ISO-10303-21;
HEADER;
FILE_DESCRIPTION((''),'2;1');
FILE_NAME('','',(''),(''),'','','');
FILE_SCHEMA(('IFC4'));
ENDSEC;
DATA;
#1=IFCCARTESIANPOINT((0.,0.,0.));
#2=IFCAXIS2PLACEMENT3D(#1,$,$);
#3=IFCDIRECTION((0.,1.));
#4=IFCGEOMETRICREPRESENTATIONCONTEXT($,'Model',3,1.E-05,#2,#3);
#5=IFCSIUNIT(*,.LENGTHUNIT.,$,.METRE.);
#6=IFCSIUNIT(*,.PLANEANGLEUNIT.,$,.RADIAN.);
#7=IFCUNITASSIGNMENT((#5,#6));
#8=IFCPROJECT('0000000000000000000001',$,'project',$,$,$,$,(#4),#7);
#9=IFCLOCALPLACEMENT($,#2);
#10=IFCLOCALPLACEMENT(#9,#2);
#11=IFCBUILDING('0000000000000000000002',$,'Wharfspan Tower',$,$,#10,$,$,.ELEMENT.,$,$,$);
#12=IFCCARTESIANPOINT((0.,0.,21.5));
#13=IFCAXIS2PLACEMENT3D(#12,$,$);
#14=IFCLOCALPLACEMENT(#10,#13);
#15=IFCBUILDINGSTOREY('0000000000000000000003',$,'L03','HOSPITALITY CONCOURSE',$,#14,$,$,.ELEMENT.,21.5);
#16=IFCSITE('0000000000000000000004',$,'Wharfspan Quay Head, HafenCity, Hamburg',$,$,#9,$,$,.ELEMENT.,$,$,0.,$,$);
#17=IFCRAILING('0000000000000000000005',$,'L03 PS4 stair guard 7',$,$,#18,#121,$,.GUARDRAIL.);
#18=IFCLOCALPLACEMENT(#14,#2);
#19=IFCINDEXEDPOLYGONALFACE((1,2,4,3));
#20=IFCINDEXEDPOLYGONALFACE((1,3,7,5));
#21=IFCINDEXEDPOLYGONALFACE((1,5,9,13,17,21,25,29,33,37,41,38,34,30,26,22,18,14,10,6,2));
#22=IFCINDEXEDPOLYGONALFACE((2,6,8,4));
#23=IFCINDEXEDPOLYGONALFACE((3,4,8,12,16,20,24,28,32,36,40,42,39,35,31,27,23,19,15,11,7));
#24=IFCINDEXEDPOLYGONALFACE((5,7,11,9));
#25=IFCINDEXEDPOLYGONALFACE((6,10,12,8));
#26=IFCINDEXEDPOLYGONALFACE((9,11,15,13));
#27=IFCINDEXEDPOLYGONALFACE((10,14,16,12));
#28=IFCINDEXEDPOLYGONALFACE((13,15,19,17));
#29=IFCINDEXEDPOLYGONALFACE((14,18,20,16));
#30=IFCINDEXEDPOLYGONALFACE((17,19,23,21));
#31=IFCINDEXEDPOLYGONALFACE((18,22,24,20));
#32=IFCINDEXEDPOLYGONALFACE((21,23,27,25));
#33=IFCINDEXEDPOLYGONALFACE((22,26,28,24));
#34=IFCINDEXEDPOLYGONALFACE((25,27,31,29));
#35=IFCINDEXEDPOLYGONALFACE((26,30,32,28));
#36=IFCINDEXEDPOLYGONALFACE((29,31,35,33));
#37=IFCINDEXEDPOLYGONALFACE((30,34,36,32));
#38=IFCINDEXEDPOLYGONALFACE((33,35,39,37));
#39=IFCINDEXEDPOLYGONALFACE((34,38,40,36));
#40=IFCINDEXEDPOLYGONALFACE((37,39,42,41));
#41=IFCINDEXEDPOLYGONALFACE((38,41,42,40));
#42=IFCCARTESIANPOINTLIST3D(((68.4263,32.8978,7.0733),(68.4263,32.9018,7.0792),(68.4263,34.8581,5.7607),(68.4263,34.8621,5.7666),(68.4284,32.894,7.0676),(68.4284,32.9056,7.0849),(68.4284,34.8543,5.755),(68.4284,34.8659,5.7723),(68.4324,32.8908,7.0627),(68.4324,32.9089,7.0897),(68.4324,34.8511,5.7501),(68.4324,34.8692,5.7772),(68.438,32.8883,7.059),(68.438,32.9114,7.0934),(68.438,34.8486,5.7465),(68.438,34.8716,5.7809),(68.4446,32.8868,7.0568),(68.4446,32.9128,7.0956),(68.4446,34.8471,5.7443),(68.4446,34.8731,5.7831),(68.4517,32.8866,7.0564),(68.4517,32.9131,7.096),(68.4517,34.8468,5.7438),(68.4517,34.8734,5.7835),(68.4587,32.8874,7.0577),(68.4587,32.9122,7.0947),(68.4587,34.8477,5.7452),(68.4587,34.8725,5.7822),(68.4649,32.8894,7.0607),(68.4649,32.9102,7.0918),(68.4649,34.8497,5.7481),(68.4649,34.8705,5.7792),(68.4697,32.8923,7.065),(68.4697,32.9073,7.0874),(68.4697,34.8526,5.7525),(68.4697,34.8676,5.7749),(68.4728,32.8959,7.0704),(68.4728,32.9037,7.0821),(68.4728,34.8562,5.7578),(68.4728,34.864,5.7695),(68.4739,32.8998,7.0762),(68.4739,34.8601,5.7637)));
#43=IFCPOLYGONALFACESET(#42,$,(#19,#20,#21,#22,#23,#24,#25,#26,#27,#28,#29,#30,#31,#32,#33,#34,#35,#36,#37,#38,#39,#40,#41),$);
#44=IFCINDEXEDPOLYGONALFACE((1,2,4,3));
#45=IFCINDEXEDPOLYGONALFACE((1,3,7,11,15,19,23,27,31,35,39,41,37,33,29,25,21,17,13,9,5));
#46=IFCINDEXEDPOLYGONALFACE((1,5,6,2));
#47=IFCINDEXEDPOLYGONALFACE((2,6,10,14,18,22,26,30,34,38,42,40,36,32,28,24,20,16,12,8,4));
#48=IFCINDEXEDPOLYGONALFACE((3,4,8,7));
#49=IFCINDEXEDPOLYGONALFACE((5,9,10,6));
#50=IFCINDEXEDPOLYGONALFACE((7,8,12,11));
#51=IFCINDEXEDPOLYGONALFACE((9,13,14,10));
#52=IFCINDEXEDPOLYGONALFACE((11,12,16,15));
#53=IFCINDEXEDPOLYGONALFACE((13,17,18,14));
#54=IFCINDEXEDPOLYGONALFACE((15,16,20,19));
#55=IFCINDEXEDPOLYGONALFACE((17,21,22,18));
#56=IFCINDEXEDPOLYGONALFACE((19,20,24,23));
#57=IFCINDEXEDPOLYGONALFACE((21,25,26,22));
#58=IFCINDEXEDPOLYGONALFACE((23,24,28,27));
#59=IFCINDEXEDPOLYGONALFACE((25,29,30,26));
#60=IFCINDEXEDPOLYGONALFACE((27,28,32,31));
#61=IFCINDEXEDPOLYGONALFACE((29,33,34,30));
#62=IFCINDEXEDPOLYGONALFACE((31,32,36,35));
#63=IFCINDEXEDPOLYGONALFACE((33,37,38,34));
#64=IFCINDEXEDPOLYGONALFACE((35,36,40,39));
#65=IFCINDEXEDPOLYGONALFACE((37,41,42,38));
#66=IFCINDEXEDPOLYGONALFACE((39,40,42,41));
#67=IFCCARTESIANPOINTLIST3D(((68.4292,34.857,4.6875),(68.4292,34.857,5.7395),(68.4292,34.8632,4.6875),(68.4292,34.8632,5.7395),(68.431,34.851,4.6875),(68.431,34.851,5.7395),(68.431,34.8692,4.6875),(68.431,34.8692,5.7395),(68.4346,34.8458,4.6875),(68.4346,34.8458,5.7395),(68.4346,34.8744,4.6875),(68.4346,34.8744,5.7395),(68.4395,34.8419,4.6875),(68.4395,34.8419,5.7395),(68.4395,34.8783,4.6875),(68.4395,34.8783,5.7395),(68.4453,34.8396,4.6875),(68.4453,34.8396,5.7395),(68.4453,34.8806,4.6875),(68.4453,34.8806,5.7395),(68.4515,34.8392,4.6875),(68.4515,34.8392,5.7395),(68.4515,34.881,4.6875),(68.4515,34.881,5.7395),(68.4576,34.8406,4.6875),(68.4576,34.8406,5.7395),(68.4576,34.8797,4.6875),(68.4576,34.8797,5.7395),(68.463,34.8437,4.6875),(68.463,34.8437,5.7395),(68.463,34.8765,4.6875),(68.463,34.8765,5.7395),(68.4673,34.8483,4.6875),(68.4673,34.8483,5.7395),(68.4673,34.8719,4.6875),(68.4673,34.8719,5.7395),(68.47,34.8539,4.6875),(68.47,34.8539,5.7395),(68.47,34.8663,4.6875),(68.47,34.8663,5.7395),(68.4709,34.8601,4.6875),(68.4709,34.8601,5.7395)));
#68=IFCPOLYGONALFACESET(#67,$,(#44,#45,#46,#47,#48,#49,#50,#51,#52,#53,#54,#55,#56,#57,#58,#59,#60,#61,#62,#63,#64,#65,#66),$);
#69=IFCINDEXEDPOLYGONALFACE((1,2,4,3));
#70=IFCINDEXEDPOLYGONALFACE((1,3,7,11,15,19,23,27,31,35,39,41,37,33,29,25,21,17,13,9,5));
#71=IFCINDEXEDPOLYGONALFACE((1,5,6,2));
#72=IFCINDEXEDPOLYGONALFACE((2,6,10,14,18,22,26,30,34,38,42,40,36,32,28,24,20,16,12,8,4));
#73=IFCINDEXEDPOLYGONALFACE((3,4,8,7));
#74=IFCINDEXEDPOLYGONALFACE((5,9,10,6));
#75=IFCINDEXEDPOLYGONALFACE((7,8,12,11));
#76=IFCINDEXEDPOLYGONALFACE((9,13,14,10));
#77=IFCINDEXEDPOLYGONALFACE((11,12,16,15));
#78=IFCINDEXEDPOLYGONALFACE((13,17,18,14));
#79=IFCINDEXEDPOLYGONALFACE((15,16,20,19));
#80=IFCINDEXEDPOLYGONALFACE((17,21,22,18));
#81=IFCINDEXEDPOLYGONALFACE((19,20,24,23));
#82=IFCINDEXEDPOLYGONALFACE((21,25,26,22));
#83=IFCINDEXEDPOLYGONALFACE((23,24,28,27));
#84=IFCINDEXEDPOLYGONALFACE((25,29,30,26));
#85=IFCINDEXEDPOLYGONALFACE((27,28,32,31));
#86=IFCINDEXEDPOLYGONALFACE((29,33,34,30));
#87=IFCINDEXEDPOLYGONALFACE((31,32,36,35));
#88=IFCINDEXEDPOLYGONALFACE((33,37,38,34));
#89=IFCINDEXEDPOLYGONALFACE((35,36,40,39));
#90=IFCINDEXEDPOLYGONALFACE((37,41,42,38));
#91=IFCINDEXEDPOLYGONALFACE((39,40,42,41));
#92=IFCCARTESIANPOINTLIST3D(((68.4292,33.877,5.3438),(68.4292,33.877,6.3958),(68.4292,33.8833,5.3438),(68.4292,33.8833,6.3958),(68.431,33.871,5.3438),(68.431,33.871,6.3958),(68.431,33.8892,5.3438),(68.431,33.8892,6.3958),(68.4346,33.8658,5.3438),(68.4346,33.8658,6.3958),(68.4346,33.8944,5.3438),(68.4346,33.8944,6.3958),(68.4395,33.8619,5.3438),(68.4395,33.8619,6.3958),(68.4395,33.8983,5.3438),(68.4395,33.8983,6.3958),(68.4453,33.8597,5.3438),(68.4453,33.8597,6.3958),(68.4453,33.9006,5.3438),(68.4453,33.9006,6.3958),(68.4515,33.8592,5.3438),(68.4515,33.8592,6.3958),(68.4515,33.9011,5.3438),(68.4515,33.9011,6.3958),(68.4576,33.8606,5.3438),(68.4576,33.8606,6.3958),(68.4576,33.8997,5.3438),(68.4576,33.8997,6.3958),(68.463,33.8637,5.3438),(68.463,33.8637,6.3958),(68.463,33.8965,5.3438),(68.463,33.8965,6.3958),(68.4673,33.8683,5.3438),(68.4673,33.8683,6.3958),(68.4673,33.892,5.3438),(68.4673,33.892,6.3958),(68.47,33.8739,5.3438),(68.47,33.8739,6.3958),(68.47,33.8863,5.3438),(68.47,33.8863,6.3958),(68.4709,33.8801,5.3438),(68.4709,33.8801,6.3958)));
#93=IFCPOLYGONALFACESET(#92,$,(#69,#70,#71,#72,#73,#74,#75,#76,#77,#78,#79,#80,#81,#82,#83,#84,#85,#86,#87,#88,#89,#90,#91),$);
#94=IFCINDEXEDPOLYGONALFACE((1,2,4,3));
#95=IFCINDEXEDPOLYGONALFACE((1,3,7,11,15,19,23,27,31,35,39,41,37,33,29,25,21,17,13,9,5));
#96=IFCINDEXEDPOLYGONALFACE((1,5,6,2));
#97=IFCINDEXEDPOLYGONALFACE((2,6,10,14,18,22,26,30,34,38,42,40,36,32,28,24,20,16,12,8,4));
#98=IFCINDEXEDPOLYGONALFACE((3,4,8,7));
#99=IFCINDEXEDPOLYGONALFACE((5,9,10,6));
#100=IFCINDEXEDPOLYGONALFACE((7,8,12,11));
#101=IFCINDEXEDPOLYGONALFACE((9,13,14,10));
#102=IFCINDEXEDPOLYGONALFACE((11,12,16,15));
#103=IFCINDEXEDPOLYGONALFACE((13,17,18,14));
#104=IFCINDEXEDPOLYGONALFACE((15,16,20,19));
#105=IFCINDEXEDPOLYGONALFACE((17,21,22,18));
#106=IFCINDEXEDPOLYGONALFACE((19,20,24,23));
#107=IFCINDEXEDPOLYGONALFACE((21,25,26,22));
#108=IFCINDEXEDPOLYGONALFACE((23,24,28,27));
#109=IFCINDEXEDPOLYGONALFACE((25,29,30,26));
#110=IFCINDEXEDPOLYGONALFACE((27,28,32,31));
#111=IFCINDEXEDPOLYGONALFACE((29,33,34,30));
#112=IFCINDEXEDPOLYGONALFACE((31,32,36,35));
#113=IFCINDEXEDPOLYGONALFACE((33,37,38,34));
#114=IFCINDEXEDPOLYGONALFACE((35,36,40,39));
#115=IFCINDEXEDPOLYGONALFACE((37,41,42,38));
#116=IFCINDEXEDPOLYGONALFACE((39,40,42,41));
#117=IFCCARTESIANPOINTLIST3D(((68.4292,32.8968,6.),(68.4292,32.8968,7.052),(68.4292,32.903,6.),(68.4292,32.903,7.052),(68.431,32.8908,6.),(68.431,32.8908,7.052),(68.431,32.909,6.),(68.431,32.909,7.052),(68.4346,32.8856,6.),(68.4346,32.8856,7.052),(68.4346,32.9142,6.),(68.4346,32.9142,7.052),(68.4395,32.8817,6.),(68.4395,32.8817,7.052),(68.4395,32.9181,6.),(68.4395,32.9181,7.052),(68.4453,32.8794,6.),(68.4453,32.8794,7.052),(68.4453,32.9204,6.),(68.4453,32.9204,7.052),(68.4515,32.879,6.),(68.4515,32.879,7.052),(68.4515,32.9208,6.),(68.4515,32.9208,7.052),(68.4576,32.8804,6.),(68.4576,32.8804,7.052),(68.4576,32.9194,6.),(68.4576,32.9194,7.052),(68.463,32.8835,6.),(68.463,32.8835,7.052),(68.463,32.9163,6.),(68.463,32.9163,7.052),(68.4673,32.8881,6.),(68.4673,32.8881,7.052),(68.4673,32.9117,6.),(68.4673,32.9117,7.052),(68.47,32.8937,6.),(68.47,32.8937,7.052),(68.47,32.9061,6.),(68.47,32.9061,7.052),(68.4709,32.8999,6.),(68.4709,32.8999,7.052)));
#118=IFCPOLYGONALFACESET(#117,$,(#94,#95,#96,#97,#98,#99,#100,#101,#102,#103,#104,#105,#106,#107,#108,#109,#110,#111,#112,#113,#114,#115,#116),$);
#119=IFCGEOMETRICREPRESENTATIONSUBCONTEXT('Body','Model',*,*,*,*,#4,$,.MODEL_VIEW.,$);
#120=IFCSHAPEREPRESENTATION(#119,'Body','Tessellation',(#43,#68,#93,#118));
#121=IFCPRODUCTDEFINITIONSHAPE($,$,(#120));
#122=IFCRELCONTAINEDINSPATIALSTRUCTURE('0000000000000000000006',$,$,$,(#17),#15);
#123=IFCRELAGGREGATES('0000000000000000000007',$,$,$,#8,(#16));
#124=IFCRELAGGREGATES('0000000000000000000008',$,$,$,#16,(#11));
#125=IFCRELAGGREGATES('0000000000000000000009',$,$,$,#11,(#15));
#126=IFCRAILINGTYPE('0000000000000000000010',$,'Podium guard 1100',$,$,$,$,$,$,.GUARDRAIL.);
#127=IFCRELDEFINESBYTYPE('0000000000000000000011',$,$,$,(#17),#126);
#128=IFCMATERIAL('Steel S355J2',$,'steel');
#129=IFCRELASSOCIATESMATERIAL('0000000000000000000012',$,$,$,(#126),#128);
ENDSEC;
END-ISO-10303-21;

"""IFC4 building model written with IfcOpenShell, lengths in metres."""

from ifc_helpers import new_model, si_unit, direction, frame, origin, origin_2d, place, context, subcontext, project, spatial, circle, extrude, material, type_object, element, save


model = new_model("IFC4")

# Units and contexts
model_context = context("Model", 3, precision=1e-05, world=origin(), true_north=direction((0.0, 1.0)))
body_context = subcontext(model_context, "Body", "Model", "MODEL_VIEW")
ifc_project = project(units=[si_unit("LENGTHUNIT", "METRE"), si_unit("PLANEANGLEUNIT", "RADIAN")], contexts=[model_context])

# Site, building, storey
site_placement = place(None, origin())
site = spatial("IfcSite", under=ifc_project, at=site_placement, Name="Wharfspan Quay Head, HafenCity, Hamburg", CompositionType="ELEMENT", RefElevation=0.0)
building_placement = place(site_placement, origin())
building = spatial("IfcBuilding", under=site, at=building_placement, Name="Wharfspan Tower", CompositionType="ELEMENT")
storey_placement = place(building_placement, frame((0.0, 0.0, 21.5)))
storey = spatial("IfcBuildingStorey", under=building, at=storey_placement, Name="L03", Description="HOSPITALITY CONCOURSE", CompositionType="ELEMENT", Elevation=21.5)

# Railing
ifc_material_1 = material(Name="Steel S355J2", Category="steel")
railing_type_1 = type_object("IfcRailingType", Name="Podium guard 1100", PredefinedType="GUARDRAIL", material=ifc_material_1)
railing_1_placement = place(storey_placement, frame((68.45, 34.8601, 4.6875)))
element("IfcRailing", 1, at=railing_1_placement, inside=storey, type_object=railing_type_1, Name="L03 PS4 stair guard 7", PredefinedType="GUARDRAIL", context=body_context, shape_type="SweptSolid", body=[
    extrude(circle(Radius=0.0239, at=origin_2d()), frame((0.0, 0.0, 1.0762), z_axis=(0.0, -0.830934, 0.556371), x_axis=(1.0, 0.0, 0.0)), (0.0, 0.0, 1.0), 2.3591),
    extrude(circle(Radius=0.021, at=origin_2d()), origin(), (0.0, 0.0, 1.0), 1.052),
    extrude(circle(Radius=0.021, at=origin_2d()), frame((0.0, -0.98, 0.6562)), (0.0, 0.0, 1.0), 1.052),
    extrude(circle(Radius=0.021, at=origin_2d()), frame((0.0, -1.9602, 1.3125)), (0.0, 0.0, 1.0), 1.052),
])

save(model, "model.ifc")
